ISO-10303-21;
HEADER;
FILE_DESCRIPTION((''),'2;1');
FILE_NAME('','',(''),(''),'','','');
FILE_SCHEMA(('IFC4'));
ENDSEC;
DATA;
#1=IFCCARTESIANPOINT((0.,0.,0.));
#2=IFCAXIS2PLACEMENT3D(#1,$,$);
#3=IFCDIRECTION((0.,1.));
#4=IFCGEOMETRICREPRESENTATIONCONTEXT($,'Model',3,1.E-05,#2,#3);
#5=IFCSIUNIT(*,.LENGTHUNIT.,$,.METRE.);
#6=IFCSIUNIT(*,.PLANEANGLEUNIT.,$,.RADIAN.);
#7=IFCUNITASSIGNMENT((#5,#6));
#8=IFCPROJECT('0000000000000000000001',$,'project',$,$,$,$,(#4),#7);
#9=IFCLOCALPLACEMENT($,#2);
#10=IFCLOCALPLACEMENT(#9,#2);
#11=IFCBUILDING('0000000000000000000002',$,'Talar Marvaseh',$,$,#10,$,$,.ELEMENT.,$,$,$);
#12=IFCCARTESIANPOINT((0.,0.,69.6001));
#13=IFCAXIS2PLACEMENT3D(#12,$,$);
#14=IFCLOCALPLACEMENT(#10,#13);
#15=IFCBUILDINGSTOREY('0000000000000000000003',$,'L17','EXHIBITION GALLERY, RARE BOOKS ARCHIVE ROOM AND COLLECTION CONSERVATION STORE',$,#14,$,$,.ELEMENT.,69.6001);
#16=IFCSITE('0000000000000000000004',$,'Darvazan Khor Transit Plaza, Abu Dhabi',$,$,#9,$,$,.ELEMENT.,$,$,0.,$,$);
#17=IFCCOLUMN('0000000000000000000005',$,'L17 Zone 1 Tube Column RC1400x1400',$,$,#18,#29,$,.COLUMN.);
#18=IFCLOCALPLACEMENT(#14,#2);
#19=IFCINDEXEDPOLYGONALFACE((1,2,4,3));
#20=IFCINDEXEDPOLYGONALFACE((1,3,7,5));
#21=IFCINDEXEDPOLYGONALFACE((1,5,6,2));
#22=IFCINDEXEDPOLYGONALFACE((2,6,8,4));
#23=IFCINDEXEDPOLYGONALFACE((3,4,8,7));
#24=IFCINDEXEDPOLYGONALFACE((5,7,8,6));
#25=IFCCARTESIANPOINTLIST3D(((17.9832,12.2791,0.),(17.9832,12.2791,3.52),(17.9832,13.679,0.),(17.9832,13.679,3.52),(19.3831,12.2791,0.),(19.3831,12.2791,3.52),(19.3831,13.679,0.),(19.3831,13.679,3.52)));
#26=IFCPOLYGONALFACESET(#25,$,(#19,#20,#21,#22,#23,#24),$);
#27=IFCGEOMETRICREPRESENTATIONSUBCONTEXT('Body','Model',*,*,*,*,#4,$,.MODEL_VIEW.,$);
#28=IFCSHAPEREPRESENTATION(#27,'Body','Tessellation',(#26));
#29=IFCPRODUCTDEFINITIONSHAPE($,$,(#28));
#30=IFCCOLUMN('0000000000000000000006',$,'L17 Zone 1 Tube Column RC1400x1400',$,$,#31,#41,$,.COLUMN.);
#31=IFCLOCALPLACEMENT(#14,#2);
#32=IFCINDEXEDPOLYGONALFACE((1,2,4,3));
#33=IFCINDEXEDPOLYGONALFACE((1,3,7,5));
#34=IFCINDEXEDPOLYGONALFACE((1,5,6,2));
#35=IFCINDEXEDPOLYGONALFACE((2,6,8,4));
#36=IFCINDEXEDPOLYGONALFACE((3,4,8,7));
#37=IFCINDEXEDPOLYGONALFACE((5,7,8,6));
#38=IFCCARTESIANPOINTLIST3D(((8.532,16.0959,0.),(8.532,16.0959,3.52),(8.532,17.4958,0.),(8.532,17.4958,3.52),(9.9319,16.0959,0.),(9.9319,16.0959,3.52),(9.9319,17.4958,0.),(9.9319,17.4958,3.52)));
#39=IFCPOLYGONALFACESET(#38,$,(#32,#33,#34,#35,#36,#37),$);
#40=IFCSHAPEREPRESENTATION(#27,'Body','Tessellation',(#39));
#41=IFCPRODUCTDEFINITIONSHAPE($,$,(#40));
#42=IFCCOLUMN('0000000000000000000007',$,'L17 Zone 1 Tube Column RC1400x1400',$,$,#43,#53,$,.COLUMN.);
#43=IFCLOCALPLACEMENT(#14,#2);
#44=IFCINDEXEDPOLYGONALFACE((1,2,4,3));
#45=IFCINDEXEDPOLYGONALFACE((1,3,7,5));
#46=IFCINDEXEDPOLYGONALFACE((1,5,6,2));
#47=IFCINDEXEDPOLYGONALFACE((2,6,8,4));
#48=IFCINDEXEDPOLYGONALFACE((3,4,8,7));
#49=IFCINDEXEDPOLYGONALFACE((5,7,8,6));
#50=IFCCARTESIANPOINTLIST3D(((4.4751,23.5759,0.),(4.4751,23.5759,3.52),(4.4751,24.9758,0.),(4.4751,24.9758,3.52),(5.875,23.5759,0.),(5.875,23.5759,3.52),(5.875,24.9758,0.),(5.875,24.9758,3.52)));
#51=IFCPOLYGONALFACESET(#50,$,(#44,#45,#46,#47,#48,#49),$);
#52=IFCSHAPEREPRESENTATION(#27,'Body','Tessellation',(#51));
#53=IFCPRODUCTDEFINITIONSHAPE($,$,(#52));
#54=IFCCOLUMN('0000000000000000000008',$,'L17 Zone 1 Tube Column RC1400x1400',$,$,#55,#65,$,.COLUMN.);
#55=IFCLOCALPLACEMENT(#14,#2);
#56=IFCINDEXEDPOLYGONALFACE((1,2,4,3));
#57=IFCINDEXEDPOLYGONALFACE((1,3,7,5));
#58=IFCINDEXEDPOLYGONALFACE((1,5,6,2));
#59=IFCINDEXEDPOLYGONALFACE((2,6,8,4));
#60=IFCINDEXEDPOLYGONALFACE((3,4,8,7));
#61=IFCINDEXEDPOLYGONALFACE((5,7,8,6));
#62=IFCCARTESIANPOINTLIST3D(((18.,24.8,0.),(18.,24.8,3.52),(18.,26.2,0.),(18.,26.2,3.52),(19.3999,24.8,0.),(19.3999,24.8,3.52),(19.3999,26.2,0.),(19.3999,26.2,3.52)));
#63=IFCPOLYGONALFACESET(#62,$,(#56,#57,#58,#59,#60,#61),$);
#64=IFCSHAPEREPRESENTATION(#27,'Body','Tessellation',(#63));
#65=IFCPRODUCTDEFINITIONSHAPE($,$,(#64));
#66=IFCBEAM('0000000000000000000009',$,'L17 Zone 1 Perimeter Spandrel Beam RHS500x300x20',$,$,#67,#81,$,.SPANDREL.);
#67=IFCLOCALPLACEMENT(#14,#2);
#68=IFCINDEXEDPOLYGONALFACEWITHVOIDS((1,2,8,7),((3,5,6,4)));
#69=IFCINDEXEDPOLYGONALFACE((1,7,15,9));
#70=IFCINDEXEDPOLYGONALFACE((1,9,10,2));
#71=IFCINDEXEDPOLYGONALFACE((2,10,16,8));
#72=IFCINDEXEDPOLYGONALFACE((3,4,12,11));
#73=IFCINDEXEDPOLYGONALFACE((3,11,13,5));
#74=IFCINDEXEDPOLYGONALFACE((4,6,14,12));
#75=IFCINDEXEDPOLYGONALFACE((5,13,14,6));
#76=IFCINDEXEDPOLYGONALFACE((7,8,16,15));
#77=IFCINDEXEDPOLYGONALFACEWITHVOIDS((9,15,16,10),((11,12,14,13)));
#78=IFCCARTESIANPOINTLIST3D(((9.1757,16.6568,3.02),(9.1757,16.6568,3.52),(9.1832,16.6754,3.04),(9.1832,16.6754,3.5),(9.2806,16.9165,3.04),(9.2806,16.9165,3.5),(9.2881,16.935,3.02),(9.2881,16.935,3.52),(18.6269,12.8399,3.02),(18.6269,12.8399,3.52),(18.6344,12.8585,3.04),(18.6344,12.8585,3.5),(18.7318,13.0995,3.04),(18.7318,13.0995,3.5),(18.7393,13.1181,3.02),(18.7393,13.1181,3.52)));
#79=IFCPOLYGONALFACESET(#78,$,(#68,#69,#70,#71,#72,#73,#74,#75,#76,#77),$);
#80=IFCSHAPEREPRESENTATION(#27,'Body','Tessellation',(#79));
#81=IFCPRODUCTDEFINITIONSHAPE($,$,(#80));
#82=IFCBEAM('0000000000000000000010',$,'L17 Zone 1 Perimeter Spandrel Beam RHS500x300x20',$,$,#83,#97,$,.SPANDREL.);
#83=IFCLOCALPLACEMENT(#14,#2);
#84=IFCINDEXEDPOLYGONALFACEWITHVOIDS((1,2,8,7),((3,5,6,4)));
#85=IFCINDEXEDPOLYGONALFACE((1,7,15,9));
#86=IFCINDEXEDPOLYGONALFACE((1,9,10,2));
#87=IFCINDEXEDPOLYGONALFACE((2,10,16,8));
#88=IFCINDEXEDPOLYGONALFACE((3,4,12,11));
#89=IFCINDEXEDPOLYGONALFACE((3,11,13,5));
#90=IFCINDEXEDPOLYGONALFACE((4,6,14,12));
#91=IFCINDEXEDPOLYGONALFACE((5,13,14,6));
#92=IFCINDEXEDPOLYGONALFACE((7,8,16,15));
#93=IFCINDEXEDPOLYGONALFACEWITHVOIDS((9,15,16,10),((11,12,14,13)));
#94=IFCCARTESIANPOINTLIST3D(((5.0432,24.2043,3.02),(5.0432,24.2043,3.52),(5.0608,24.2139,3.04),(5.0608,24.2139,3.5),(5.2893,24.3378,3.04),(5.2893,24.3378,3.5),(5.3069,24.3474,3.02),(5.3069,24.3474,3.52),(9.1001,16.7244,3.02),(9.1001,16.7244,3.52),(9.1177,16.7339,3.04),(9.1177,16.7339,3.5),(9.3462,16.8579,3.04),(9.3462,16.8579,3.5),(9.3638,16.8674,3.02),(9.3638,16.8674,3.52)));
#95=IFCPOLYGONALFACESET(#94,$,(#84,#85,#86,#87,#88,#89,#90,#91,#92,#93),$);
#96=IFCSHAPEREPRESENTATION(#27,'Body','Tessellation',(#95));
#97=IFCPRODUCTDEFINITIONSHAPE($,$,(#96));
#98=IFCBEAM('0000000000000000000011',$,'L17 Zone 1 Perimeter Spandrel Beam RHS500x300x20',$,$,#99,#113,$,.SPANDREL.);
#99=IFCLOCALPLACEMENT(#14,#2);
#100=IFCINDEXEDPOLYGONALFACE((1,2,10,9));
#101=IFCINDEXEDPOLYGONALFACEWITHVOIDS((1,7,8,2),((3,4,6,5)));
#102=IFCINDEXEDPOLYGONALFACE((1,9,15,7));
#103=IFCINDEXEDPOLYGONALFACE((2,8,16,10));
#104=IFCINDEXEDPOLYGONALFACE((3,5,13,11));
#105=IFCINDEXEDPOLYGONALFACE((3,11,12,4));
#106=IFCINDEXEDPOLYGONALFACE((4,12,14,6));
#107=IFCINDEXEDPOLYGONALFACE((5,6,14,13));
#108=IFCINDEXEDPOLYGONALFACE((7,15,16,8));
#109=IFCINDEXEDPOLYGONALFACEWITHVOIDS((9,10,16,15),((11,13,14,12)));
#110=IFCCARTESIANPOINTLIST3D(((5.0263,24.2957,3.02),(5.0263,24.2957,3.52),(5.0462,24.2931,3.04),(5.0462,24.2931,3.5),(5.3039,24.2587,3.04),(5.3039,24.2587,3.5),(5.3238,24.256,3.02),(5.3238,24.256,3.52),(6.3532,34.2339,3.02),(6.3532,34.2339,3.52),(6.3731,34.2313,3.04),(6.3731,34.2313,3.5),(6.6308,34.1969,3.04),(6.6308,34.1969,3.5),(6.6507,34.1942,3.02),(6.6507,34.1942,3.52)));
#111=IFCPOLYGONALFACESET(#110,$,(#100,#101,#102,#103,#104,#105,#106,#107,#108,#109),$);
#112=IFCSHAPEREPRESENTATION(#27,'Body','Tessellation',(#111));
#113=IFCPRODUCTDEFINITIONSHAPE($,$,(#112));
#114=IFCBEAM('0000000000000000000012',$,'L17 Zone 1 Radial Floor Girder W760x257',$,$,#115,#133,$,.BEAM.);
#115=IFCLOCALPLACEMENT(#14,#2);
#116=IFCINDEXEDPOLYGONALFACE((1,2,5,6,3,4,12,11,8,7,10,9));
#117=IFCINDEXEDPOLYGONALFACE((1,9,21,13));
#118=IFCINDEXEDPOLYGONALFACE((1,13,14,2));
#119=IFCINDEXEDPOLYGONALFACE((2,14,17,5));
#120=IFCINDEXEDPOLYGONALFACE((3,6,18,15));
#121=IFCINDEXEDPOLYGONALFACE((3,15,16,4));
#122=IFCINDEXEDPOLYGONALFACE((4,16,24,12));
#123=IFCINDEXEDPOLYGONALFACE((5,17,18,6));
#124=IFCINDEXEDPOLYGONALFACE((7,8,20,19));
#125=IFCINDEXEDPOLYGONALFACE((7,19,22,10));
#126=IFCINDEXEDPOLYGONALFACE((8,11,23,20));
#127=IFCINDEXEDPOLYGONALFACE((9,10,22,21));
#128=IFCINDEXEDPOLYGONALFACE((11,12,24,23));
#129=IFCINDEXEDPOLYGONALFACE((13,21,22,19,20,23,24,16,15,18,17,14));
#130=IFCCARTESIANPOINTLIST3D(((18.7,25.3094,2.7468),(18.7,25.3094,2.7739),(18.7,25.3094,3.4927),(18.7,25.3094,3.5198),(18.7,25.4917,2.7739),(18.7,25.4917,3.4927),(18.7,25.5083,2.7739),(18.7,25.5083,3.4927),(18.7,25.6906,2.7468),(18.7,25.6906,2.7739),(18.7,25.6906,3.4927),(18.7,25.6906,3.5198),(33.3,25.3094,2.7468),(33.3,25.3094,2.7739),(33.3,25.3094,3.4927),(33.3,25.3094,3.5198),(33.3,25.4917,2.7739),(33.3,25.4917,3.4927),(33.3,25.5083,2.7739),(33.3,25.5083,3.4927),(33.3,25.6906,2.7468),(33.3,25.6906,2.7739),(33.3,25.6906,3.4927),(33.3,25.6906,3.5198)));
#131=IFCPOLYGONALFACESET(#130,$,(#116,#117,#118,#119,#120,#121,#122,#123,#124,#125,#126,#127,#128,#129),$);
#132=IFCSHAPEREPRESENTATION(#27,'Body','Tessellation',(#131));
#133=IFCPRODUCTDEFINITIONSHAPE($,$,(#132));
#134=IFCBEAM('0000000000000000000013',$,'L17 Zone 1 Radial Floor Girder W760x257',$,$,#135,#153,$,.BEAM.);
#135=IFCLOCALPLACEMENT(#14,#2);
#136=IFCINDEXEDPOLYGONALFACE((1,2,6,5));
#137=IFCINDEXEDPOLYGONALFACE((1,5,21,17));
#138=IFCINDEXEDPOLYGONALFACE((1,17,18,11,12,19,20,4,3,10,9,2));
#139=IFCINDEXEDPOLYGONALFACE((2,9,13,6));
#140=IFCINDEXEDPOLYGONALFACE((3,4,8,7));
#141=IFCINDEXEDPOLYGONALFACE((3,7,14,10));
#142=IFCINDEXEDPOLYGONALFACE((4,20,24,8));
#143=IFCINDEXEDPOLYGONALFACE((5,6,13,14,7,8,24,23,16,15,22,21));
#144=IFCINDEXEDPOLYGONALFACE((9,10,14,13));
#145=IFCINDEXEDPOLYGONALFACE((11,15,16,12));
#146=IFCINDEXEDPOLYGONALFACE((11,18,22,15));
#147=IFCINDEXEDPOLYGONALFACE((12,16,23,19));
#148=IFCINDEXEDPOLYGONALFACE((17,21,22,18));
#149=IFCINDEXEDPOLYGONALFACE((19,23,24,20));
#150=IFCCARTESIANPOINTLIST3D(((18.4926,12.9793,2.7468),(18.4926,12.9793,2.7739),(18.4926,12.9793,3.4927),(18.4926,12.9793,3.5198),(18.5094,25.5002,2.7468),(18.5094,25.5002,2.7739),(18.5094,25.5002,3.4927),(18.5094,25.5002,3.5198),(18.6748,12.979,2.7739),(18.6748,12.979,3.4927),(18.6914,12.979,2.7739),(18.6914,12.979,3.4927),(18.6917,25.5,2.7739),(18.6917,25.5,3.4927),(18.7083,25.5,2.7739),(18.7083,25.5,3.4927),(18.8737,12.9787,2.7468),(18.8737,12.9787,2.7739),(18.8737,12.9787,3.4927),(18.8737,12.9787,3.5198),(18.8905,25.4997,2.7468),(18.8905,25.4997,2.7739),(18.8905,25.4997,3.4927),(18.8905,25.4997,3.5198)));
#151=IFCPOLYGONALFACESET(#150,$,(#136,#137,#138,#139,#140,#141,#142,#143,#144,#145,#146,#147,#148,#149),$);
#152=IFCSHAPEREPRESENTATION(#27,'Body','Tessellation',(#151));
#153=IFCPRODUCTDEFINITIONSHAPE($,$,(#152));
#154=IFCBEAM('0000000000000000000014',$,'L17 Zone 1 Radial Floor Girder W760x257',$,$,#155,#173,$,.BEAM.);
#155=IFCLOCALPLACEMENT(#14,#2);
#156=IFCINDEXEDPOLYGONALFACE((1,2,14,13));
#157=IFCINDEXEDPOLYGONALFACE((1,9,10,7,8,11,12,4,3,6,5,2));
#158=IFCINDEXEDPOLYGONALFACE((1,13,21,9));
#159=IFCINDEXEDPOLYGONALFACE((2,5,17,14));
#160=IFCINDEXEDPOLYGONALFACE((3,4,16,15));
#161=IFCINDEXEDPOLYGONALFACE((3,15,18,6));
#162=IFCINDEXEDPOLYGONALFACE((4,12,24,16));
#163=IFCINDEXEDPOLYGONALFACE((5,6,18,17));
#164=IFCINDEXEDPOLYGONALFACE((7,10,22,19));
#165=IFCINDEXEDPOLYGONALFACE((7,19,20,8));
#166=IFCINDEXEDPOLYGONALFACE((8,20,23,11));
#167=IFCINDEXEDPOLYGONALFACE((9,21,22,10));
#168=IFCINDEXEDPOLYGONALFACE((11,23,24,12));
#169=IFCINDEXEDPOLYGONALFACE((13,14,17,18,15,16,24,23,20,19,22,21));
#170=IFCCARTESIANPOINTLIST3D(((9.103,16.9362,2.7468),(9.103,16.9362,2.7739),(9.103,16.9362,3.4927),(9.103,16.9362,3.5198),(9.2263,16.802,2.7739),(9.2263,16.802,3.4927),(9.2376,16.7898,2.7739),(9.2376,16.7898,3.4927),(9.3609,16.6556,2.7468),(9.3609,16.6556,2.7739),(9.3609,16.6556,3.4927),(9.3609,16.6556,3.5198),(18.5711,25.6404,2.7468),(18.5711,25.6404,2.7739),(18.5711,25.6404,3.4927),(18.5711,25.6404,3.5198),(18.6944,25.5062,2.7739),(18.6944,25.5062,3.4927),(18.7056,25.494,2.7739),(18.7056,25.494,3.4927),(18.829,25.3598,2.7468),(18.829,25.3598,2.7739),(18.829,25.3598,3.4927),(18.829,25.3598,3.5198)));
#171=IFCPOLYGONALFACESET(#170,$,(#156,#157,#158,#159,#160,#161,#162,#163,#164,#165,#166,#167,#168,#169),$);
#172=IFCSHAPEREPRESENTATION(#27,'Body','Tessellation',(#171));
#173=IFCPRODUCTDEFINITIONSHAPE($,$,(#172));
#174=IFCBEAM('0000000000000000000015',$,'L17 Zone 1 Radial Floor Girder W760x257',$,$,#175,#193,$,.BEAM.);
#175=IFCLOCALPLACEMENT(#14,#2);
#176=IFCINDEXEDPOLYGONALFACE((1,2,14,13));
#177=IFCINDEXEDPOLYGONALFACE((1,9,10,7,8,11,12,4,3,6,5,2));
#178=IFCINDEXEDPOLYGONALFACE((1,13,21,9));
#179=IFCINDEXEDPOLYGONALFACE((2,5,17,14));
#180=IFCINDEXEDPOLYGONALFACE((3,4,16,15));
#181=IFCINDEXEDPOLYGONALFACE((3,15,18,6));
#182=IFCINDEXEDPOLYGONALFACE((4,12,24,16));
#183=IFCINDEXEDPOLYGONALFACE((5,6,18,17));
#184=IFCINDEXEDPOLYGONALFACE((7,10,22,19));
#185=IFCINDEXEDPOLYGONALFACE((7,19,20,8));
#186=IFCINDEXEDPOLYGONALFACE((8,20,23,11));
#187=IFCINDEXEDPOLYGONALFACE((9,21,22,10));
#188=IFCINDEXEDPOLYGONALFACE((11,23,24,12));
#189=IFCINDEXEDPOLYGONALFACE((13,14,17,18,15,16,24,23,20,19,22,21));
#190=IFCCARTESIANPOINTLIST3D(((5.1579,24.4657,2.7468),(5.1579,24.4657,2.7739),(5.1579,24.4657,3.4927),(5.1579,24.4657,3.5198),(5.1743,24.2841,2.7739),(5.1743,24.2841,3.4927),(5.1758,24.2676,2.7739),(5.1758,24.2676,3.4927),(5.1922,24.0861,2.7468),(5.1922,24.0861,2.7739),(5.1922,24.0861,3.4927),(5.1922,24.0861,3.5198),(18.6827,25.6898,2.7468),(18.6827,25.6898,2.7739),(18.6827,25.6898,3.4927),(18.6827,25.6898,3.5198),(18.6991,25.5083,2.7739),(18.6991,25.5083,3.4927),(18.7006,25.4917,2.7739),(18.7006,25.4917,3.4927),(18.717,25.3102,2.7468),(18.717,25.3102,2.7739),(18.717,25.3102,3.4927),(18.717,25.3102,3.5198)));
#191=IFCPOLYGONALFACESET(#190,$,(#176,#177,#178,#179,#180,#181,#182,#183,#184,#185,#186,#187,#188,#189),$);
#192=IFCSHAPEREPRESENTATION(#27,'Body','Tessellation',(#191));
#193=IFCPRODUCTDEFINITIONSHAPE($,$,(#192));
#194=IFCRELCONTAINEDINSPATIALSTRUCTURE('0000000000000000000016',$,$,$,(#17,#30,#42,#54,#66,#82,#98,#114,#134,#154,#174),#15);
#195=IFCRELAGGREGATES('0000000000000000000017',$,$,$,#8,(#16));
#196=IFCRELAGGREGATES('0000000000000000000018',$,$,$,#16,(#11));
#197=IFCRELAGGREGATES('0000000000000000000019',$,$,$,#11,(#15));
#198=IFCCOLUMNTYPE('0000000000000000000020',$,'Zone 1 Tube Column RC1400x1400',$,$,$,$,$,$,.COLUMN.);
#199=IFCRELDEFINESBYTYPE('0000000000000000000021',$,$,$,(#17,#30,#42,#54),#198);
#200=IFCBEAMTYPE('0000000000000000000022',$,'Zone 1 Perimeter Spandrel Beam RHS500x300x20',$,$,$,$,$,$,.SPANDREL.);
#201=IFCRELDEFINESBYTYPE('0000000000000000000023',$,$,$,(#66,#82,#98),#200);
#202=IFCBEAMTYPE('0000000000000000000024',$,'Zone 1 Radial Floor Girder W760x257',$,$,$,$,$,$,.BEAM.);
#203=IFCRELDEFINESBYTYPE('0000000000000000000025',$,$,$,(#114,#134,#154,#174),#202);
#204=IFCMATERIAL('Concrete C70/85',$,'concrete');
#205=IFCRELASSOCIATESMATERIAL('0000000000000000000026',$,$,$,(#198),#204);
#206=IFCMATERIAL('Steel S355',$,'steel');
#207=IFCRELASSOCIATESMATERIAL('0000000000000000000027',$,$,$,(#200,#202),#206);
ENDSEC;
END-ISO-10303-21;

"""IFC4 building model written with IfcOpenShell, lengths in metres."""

from ifc_helpers import new_model, si_unit, direction, frame, origin, origin_2d, place, context, subcontext, project, spatial, rectangle, hollow_rectangle, i_section, extrude, material, material_profile, profile_set, type_object, element, save


model = new_model("IFC4")

# Units and contexts
model_context = context("Model", 3, precision=1e-05, world=origin(), true_north=direction((0.0, 1.0)))
body_context = subcontext(model_context, "Body", "Model", "MODEL_VIEW")
ifc_project = project(units=[si_unit("LENGTHUNIT", "METRE"), si_unit("PLANEANGLEUNIT", "RADIAN")], contexts=[model_context])

# Site, building, storey
site_placement = place(None, origin())
site = spatial("IfcSite", under=ifc_project, at=site_placement, Name="Darvazan Khor Transit Plaza, Abu Dhabi", CompositionType="ELEMENT", RefElevation=0.0)
building_placement = place(site_placement, origin())
building = spatial("IfcBuilding", under=site, at=building_placement, Name="Talar Marvaseh", CompositionType="ELEMENT")
storey_placement = place(building_placement, frame((0.0, 0.0, 69.6001)))
storey = spatial("IfcBuildingStorey", under=building, at=storey_placement, Name="L17", Description="EXHIBITION GALLERY, RARE BOOKS ARCHIVE ROOM AND COLLECTION CONSERVATION STORE", CompositionType="ELEMENT", Elevation=69.6001)

# Columns
ifc_material_1 = material(Name="Concrete C70/85", Category="concrete")
ifc_material_profile_1 = material_profile(ifc_material_1, rectangle(XDim=1.3999, YDim=1.3999, at=origin_2d()), Name="RC1400x1400")
ifc_profile_set_1 = profile_set([ifc_material_profile_1], Name="Concrete C70/85")
column_type = type_object("IfcColumnType", Name="Zone 1 Tube Column RC1400x1400", PredefinedType="COLUMN", material=ifc_profile_set_1)
for number, where, z_axis, x_axis, name in (
    (1, (18.6831, 12.979, 0.0), (0.0, 0.0, 1.0), (1.0, 0.0, 0.0), "L17 Zone 1 Tube Column RC1400x1400"),
    (2, (9.2319, 16.7959, 0.0), (0.0, 0.0, 1.0), (1.0, 0.0, 0.0), "L17 Zone 1 Tube Column RC1400x1400"),
    (3, (5.175, 24.2759, 0.0), (0.0, 0.0, 1.0), (1.0, 0.0, 0.0), "L17 Zone 1 Tube Column RC1400x1400"),
    (4, (18.7, 25.5, 0.0), (0.0, 0.0, 1.0), (1.0, 0.0, 0.0), "L17 Zone 1 Tube Column RC1400x1400"),
):
    element("IfcColumn", number, at=place(storey_placement, frame(where, z_axis=z_axis, x_axis=x_axis)), inside=storey, type_object=column_type, Name=name, PredefinedType="COLUMN", context=body_context, shape_type="SweptSolid", body=[
        extrude(rectangle(XDim=1.3999, YDim=1.3999, at=origin_2d()), origin(), (0.0, 0.0, 1.0), 3.52),
    ])

# Beams
ifc_material_2 = material(Name="Steel S355", Category="steel")
ifc_material_profile_2 = material_profile(ifc_material_2, hollow_rectangle(XDim=0.3, YDim=0.5, WallThickness=0.02, at=origin_2d()), Name="RHS500x300x20")
ifc_profile_set_2 = profile_set([ifc_material_profile_2], Name="Steel S355")
beam_type_1 = type_object("IfcBeamType", Name="Zone 1 Perimeter Spandrel Beam RHS500x300x20", PredefinedType="SPANDREL", material=ifc_profile_set_2)
beam_1_placement = place(storey_placement, frame((18.6831, 12.979, 3.27), z_axis=(-0.927239, 0.374469, 0.0), x_axis=(-0.374469, -0.927239, 0.0)))
element("IfcBeam", 5, at=beam_1_placement, inside=storey, type_object=beam_type_1, Name="L17 Zone 1 Perimeter Spandrel Beam RHS500x300x20", PredefinedType="SPANDREL", context=body_context, shape_type="SweptSolid", body=[
    extrude(hollow_rectangle(XDim=0.3, YDim=0.5, WallThickness=0.02, at=origin_2d()), origin(), (0.0, 0.0, 1.0), 10.1929),
])
beam_2_placement = place(storey_placement, frame((9.2319, 16.7959, 3.27), z_axis=(-0.476758, 0.879035, 0.0), x_axis=(-0.879035, -0.476758, 0.0)))
element("IfcBeam", 6, at=beam_2_placement, inside=storey, type_object=beam_type_1, Name="L17 Zone 1 Perimeter Spandrel Beam RHS500x300x20", PredefinedType="SPANDREL", context=body_context, shape_type="SweptSolid", body=[
    extrude(hollow_rectangle(XDim=0.3, YDim=0.5, WallThickness=0.02, at=origin_2d()), origin(), (0.0, 0.0, 1.0), 8.5093),
])
beam_3_placement = place(storey_placement, frame((5.175, 24.2759, 3.27), z_axis=(0.132341, 0.991204, 0.0), x_axis=(-0.991204, 0.132341, 0.0)))
element("IfcBeam", 7, at=beam_3_placement, inside=storey, type_object=beam_type_1, Name="L17 Zone 1 Perimeter Spandrel Beam RHS500x300x20", PredefinedType="SPANDREL", context=body_context, shape_type="SweptSolid", body=[
    extrude(hollow_rectangle(XDim=0.3, YDim=0.5, WallThickness=0.02, at=origin_2d()), origin(), (0.0, 0.0, 1.0), 10.0264),
])
ifc_material_profile_3 = material_profile(ifc_material_2, i_section(OverallWidth=0.3811, OverallDepth=0.7729, WebThickness=0.0166, FlangeThickness=0.0271, at=origin_2d()), Name="W760x257")
ifc_profile_set_3 = profile_set([ifc_material_profile_3], Name="Steel S355")
beam_type_2 = type_object("IfcBeamType", Name="Zone 1 Radial Floor Girder W760x257", PredefinedType="BEAM", material=ifc_profile_set_3)
beam_4_placement = place(storey_placement, frame((18.7, 25.5, 3.1333), z_axis=(1.0, 0.0, 0.0), x_axis=(0.0, 1.0, 0.0)))
element("IfcBeam", 8, at=beam_4_placement, inside=storey, type_object=beam_type_2, Name="L17 Zone 1 Radial Floor Girder W760x257", PredefinedType="BEAM", context=body_context, shape_type="SweptSolid", body=[
    extrude(i_section(OverallWidth=0.3811, OverallDepth=0.7729, WebThickness=0.0166, FlangeThickness=0.0271, at=origin_2d()), origin(), (0.0, 0.0, 1.0), 14.6001),
])
beam_5_placement = place(storey_placement, frame((18.6831, 12.979, 3.1333), z_axis=(0.001345, 0.999999, 0.0), x_axis=(-0.999999, 0.001345, 0.0)))
element("IfcBeam", 9, at=beam_5_placement, inside=storey, type_object=beam_type_2, Name="L17 Zone 1 Radial Floor Girder W760x257", PredefinedType="BEAM", context=body_context, shape_type="SweptSolid", body=[
    extrude(i_section(OverallWidth=0.3811, OverallDepth=0.7729, WebThickness=0.0166, FlangeThickness=0.0271, at=origin_2d()), origin(), (0.0, 0.0, 1.0), 12.521),
])
beam_6_placement = place(storey_placement, frame((9.2319, 16.7959, 3.1333), z_axis=(0.736182, 0.676784, 0.0), x_axis=(-0.676784, 0.736182, 0.0)))
element("IfcBeam", 10, at=beam_6_placement, inside=storey, type_object=beam_type_2, Name="L17 Zone 1 Radial Floor Girder W760x257", PredefinedType="BEAM", context=body_context, shape_type="SweptSolid", body=[
    extrude(i_section(OverallWidth=0.3811, OverallDepth=0.7729, WebThickness=0.0166, FlangeThickness=0.0271, at=origin_2d()), origin(), (0.0, 0.0, 1.0), 12.8611),
])
beam_7_placement = place(storey_placement, frame((5.175, 24.2759, 3.1333), z_axis=(0.995929, 0.09014, 0.0), x_axis=(-0.09014, 0.995929, 0.0)))
element("IfcBeam", 11, at=beam_7_placement, inside=storey, type_object=beam_type_2, Name="L17 Zone 1 Radial Floor Girder W760x257", PredefinedType="BEAM", context=body_context, shape_type="SweptSolid", body=[
    extrude(i_section(OverallWidth=0.3811, OverallDepth=0.7729, WebThickness=0.0166, FlangeThickness=0.0271, at=origin_2d()), origin(), (0.0, 0.0, 1.0), 13.5801),
])

save(model, "model.ifc")
